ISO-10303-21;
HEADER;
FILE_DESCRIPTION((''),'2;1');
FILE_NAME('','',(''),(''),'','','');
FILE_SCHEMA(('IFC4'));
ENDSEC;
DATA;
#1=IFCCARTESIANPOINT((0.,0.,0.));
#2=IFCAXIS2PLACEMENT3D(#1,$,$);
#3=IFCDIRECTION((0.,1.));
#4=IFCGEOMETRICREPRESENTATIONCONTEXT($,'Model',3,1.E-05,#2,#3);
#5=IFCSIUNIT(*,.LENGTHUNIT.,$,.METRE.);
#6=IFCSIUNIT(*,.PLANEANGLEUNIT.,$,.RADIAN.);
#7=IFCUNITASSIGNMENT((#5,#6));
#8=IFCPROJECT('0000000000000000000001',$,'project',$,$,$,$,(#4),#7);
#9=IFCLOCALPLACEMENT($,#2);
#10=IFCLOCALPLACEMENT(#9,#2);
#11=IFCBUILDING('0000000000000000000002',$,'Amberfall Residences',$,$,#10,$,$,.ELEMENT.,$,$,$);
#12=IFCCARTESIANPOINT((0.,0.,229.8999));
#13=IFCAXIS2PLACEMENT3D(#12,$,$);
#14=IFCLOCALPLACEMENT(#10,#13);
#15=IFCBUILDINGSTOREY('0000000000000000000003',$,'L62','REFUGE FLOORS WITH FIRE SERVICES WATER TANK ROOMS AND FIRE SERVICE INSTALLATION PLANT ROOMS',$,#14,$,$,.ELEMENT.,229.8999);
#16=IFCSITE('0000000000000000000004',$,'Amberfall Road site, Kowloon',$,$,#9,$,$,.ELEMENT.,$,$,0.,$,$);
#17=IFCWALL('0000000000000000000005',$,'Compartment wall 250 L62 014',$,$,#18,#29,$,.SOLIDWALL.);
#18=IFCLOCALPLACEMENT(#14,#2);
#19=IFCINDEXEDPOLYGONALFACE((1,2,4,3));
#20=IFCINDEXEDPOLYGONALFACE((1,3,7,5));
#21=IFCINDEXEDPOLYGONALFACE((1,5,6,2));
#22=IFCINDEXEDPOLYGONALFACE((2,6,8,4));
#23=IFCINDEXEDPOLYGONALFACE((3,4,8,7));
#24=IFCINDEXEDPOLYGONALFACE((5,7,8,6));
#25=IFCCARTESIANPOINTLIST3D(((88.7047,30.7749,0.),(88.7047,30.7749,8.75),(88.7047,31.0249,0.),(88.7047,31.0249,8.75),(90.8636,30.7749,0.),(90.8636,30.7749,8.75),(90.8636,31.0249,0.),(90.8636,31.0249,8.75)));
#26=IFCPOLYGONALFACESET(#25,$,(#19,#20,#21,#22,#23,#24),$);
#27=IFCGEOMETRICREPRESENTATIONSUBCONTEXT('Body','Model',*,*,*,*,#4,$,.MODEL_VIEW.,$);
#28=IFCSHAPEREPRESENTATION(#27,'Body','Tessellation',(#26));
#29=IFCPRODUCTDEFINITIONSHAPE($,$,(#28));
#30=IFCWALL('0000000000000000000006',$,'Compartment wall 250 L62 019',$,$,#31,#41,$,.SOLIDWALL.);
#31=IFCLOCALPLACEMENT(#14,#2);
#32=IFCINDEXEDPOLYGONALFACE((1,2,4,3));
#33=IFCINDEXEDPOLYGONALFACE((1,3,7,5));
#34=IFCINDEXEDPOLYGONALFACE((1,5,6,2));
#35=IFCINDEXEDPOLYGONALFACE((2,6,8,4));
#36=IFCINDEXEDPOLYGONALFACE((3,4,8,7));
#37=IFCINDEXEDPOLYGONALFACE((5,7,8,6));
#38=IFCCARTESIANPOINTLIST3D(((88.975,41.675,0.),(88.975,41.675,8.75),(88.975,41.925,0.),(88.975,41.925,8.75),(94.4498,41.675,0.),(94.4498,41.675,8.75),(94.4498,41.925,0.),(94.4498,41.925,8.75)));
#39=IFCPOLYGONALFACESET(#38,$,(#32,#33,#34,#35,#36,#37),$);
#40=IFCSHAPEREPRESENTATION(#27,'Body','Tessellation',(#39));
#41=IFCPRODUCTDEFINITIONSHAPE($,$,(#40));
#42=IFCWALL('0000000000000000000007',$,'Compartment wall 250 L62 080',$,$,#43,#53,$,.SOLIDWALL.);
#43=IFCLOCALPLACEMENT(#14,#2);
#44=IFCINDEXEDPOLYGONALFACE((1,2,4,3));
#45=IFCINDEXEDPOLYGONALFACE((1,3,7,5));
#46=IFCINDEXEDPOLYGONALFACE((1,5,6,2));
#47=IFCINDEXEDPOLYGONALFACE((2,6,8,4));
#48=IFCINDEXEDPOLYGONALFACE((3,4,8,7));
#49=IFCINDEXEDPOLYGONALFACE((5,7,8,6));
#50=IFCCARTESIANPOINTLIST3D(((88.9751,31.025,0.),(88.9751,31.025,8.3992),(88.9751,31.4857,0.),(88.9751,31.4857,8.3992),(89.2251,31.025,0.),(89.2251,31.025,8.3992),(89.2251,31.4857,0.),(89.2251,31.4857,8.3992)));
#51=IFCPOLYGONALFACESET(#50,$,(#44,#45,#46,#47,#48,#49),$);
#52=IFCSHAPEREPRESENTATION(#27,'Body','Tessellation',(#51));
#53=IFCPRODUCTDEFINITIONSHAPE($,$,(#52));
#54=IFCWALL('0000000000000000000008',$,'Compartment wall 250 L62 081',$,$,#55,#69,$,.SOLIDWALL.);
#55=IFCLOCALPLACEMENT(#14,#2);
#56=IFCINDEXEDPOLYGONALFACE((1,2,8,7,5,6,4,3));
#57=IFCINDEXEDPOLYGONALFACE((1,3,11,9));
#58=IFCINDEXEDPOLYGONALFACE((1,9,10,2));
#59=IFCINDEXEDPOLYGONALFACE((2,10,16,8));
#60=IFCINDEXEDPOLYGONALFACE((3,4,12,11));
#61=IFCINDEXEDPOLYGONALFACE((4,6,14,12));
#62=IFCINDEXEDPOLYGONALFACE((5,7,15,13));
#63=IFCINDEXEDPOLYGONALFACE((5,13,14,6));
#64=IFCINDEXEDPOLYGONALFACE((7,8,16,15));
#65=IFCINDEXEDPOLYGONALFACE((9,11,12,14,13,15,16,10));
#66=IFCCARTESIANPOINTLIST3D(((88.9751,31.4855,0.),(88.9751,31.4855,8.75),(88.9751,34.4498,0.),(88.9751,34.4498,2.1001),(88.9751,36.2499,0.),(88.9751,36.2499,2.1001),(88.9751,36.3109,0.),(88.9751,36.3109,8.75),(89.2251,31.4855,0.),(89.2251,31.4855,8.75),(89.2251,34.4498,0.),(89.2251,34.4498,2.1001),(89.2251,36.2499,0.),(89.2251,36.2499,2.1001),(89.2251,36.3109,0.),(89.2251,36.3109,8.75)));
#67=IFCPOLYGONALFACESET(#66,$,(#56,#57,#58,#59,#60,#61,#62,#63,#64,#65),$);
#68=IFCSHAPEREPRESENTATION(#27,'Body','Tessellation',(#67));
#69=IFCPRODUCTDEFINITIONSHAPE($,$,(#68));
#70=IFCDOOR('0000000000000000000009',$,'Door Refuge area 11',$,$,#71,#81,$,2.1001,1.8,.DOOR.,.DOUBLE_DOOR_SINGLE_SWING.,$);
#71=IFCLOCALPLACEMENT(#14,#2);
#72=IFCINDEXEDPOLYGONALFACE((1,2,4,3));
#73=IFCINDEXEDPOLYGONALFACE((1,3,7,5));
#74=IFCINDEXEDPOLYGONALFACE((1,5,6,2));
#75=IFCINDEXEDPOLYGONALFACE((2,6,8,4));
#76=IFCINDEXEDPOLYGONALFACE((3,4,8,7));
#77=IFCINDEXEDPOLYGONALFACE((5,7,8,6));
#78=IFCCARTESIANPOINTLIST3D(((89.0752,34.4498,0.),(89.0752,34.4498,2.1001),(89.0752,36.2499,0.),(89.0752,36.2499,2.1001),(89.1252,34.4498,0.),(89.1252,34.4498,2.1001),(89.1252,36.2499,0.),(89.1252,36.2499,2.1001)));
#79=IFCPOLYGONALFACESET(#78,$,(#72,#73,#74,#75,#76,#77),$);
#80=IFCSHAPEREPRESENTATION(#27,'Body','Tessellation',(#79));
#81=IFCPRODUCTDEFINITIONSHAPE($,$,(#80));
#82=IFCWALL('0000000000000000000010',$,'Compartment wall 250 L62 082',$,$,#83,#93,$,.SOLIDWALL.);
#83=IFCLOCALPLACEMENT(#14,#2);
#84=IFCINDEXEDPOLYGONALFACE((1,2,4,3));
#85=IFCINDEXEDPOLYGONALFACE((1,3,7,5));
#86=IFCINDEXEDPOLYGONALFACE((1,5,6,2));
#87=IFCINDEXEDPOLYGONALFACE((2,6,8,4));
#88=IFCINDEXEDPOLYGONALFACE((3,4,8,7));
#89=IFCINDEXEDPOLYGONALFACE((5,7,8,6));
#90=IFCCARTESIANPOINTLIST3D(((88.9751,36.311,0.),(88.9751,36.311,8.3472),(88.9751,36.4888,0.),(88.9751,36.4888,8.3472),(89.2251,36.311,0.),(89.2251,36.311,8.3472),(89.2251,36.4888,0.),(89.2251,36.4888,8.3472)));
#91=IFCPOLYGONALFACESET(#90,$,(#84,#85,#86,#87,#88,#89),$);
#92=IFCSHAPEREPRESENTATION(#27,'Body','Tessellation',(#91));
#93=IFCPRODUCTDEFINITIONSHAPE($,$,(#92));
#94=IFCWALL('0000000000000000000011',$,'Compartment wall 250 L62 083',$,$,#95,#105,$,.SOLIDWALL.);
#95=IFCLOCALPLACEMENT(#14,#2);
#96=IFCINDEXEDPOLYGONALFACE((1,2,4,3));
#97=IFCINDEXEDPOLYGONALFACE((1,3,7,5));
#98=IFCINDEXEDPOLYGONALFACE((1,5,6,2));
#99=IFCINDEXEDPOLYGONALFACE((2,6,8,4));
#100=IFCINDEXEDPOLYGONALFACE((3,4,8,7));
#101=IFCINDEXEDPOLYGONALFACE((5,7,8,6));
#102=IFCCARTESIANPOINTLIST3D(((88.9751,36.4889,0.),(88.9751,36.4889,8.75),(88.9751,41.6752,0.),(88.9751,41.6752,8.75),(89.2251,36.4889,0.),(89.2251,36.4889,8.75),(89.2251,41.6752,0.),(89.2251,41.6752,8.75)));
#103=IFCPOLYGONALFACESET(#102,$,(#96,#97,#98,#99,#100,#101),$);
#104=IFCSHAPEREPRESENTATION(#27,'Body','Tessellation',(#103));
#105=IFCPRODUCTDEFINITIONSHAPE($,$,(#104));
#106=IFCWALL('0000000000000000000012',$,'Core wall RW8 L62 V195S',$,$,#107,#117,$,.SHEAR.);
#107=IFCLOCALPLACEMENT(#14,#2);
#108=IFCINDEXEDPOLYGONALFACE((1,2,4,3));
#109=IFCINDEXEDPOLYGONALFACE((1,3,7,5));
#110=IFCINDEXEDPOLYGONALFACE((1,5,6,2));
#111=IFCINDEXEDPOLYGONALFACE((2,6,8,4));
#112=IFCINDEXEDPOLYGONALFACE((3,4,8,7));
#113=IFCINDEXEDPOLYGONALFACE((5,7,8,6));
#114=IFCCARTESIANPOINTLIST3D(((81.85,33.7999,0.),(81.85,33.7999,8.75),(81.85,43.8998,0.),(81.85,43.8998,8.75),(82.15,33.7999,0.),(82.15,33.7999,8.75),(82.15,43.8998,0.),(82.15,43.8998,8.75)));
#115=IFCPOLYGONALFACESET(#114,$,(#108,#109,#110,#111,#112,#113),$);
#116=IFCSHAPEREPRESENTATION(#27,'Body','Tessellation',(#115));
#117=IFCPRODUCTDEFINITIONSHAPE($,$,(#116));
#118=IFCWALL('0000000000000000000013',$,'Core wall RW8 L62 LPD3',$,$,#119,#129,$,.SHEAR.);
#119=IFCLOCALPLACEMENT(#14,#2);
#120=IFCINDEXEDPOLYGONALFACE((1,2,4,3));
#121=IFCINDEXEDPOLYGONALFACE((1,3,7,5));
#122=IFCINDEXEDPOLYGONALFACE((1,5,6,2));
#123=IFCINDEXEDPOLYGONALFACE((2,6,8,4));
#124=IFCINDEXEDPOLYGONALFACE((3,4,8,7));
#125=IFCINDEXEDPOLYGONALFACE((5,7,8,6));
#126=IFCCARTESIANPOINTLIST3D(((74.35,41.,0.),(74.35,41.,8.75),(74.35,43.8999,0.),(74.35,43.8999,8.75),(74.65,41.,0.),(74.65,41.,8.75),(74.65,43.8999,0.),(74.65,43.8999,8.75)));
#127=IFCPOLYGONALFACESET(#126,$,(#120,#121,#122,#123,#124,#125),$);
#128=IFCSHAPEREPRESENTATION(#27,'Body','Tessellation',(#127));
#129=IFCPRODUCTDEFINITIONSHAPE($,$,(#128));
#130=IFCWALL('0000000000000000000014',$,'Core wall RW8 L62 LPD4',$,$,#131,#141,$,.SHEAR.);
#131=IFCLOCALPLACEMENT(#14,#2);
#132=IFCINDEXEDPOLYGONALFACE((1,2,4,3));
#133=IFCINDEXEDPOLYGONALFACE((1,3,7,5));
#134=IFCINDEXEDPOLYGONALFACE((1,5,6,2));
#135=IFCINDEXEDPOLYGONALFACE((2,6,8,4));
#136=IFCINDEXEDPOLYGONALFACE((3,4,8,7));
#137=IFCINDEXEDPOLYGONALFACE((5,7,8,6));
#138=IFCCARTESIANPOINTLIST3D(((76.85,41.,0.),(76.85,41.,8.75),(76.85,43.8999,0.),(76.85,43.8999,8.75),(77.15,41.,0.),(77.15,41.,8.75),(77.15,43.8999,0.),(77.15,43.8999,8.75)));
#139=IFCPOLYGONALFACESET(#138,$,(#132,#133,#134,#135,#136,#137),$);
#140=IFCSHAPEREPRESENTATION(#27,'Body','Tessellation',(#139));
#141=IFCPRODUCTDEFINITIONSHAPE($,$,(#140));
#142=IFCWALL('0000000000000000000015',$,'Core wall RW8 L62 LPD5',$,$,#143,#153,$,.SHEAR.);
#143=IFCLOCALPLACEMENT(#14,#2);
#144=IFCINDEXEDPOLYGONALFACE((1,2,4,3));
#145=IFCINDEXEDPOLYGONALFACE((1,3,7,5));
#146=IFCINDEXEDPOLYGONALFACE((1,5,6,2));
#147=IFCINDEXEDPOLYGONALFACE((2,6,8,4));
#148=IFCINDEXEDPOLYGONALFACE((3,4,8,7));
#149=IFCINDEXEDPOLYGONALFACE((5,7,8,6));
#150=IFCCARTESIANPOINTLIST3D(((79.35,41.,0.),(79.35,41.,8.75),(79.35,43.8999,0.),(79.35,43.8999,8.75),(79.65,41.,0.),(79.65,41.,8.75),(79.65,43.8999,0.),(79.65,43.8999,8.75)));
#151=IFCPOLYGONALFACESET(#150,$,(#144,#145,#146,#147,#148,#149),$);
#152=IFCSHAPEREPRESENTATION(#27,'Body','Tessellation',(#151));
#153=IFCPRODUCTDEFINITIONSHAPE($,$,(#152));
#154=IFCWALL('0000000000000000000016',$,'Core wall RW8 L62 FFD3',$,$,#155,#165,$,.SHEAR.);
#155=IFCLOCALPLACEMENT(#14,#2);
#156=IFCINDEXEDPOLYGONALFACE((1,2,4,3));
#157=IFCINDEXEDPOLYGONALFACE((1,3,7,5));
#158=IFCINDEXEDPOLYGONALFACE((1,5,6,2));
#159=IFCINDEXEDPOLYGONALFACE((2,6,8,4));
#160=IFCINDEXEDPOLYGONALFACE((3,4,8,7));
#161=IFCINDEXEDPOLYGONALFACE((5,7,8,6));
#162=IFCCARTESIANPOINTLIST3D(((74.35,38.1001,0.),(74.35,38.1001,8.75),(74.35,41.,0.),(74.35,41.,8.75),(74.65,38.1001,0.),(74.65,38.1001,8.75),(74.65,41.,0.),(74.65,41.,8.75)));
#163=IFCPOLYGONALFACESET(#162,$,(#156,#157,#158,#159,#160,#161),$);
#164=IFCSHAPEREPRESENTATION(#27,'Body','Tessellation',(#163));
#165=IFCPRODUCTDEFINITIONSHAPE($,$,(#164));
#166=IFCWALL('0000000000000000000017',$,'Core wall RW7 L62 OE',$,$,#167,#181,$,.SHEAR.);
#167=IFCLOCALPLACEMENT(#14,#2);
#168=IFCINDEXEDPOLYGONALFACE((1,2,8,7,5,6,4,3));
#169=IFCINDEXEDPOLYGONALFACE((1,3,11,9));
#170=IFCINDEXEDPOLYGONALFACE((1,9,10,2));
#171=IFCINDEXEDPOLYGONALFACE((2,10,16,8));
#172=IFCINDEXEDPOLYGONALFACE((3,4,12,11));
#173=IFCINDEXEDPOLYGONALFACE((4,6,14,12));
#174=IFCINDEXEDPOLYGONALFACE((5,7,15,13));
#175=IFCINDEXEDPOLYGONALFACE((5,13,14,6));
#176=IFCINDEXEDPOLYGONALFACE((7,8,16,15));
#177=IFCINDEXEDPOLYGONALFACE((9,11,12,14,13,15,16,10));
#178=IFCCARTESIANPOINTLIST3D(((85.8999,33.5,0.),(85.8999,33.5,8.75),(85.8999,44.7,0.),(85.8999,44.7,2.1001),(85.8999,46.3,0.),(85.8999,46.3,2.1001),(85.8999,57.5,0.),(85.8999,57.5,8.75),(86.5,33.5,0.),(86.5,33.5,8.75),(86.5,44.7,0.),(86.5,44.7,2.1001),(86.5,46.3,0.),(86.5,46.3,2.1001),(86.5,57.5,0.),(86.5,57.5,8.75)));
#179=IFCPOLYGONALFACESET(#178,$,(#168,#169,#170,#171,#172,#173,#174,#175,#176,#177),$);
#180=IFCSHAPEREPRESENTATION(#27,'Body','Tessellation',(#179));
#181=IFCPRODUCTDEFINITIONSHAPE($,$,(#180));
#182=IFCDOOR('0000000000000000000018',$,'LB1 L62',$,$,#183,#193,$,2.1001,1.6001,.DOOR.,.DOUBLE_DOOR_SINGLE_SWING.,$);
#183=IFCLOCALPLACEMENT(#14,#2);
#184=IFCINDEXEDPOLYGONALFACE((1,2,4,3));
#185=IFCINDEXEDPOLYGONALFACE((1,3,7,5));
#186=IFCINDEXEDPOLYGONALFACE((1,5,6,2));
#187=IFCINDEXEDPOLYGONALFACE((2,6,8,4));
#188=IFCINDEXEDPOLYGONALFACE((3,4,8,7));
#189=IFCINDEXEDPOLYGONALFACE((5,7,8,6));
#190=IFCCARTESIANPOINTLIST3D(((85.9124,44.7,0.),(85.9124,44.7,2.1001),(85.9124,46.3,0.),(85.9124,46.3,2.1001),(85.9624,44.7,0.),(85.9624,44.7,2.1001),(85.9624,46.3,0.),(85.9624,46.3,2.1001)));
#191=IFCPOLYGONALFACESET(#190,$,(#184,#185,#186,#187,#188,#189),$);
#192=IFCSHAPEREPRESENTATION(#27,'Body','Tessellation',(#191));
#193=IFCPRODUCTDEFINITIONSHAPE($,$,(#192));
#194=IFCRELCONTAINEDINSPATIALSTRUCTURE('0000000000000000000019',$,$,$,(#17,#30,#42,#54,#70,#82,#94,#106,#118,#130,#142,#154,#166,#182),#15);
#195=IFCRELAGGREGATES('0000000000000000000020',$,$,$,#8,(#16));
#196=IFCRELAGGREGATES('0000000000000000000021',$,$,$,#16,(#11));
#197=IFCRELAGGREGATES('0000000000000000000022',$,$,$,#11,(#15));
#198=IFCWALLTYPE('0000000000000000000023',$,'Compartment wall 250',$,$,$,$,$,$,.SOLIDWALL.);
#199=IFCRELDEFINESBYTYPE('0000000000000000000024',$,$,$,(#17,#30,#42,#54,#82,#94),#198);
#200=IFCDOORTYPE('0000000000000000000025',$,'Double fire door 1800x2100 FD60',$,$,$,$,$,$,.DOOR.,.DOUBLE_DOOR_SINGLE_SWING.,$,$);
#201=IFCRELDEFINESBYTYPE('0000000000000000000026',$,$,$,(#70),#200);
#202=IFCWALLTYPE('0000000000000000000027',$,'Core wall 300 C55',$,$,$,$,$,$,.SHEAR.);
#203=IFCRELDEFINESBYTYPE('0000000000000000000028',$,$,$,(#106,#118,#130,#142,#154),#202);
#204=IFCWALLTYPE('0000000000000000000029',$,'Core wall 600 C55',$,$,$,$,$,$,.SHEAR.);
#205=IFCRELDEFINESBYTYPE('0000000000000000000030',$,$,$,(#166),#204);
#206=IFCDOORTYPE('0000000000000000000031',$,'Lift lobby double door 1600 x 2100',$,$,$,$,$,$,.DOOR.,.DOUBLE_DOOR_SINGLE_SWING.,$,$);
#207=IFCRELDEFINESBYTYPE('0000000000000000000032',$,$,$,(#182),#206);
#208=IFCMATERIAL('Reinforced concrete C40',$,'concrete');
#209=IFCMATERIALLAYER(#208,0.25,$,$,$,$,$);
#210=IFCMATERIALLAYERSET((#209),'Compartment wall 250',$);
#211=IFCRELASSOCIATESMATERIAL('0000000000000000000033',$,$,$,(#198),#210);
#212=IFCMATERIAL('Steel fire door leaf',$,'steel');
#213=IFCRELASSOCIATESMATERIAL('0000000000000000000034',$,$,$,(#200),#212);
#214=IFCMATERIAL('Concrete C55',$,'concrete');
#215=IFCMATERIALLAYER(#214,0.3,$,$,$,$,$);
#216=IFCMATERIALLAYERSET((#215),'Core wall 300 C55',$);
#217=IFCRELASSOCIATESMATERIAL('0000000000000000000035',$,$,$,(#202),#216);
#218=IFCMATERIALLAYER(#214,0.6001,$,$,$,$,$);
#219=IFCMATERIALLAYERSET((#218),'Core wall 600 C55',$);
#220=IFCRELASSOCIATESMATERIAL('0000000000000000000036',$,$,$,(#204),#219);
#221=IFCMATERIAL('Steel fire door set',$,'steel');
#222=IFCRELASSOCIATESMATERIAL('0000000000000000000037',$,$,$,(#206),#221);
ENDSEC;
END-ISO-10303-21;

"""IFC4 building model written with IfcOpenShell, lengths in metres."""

from ifc_helpers import new_model, si_unit, direction, frame, frame_2d, origin, place, context, subcontext, project, spatial, rectangle, extrude, material, layer, layer_set, type_object, element, fill, save


model = new_model("IFC4")

# Units and contexts
model_context = context("Model", 3, precision=1e-05, world=origin(), true_north=direction((0.0, 1.0)))
body_context = subcontext(model_context, "Body", "Model", "MODEL_VIEW")
ifc_project = project(units=[si_unit("LENGTHUNIT", "METRE"), si_unit("PLANEANGLEUNIT", "RADIAN")], contexts=[model_context])

# Site, building, storey
site_placement = place(None, origin())
site = spatial("IfcSite", under=ifc_project, at=site_placement, Name="Amberfall Road site, Kowloon", CompositionType="ELEMENT", RefElevation=0.0)
building_placement = place(site_placement, origin())
building = spatial("IfcBuilding", under=site, at=building_placement, Name="Amberfall Residences", CompositionType="ELEMENT")
storey_placement = place(building_placement, frame((0.0, 0.0, 229.8999)))
storey = spatial("IfcBuildingStorey", under=building, at=storey_placement, Name="L62", Description="REFUGE FLOORS WITH FIRE SERVICES WATER TANK ROOMS AND FIRE SERVICE INSTALLATION PLANT ROOMS", CompositionType="ELEMENT", Elevation=229.8999)

# Walls
ifc_material_1 = material(Name="Reinforced concrete C40", Category="concrete")
ifc_layer_1 = layer(ifc_material_1, 0.25)
ifc_layer_set_1 = layer_set([ifc_layer_1], Name="Compartment wall 250")
wall_type_1 = type_object("IfcWallType", Name="Compartment wall 250", PredefinedType="SOLIDWALL", material=ifc_layer_set_1)
wall_1_placement = place(storey_placement, frame((88.7046, 30.8999, 0.0), z_axis=(0.0, 0.0, 1.0), x_axis=(1.0, 0.0, 0.0)))
element("IfcWall", 1, at=wall_1_placement, inside=storey, type_object=wall_type_1, Name="Compartment wall 250 L62 014", PredefinedType="SOLIDWALL", context=body_context, shape_type="SweptSolid", body=[
    extrude(rectangle(XDim=2.1589, YDim=0.25, at=frame_2d((1.0796, 0.0))), origin(), (0.0, 0.0, 1.0), 8.75),
])
wall_2_placement = place(storey_placement, frame((88.9751, 41.8, 0.0), z_axis=(0.0, 0.0, 1.0), x_axis=(1.0, 0.0, 0.0)))
element("IfcWall", 2, at=wall_2_placement, inside=storey, type_object=wall_type_1, Name="Compartment wall 250 L62 019", PredefinedType="SOLIDWALL", context=body_context, shape_type="SweptSolid", body=[
    extrude(rectangle(XDim=5.4749, YDim=0.25, at=frame_2d((2.7373, 0.0))), origin(), (0.0, 0.0, 1.0), 8.75),
])
wall_3_placement = place(storey_placement, frame((89.1001, 31.0249, 0.0), z_axis=(0.0, 0.0, 1.0), x_axis=(0.0, 1.0, 0.0)))
element("IfcWall", 3, at=wall_3_placement, inside=storey, type_object=wall_type_1, Name="Compartment wall 250 L62 080", PredefinedType="SOLIDWALL", context=body_context, shape_type="SweptSolid", body=[
    extrude(rectangle(XDim=0.4607, YDim=0.25, at=frame_2d((0.2305, 0.0))), origin(), (0.0, 0.0, 1.0), 8.3992),
])

# Wall, opening, door
wall_4_placement = place(storey_placement, frame((89.1001, 31.4856, 0.0), z_axis=(0.0, 0.0, 1.0), x_axis=(0.0, 1.0, 0.0)))
wall_4 = element("IfcWall", 4, at=wall_4_placement, inside=storey, type_object=wall_type_1, Name="Compartment wall 250 L62 081", PredefinedType="SOLIDWALL", context=body_context, shape_type="SweptSolid", body=[
    extrude(rectangle(XDim=4.8254, YDim=0.25, at=frame_2d((2.4126, 0.0))), origin(), (0.0, 0.0, 1.0), 8.75),
])
opening_1_placement = place(wall_4_placement, frame((2.9644, 0.0, 0.0)))
opening_1 = element("IfcOpeningElement", 5, at=opening_1_placement, cuts=wall_4, PredefinedType="OPENING", context=body_context, shape_type="SweptSolid", body=[
    extrude(rectangle(XDim=1.8, YDim=2.1001, at=frame_2d((0.8999, 1.05))), frame((0.0, 0.135, 0.0), z_axis=(0.0, -1.0, 0.0), x_axis=(1.0, 0.0, 0.0)), (0.0, 0.0, 1.0), 0.27),
])
ifc_material_2 = material(Name="Steel fire door leaf", Category="steel")
door_type_1 = type_object("IfcDoorType", Name="Double fire door 1800x2100 FD60", OperationType="DOUBLE_DOOR_SINGLE_SWING", PredefinedType="DOOR", material=ifc_material_2)
door_1_placement = place(opening_1_placement, origin())
door_1 = element("IfcDoor", 6, at=door_1_placement, inside=storey, type_object=door_type_1, Name="Door Refuge area 11", OperationType="DOUBLE_DOOR_SINGLE_SWING", OverallHeight=2.1001, OverallWidth=1.8, PredefinedType="DOOR", context=body_context, shape_type="SweptSolid", body=[
    extrude(rectangle(XDim=1.8, YDim=2.1001, at=frame_2d((0.8999, 1.05))), frame((0.0, 0.0249, 0.0), z_axis=(0.0, -1.0, 0.0), x_axis=(1.0, 0.0, 0.0)), (0.0, 0.0, 1.0), 0.05),
])
fill(opening_1, door_1)

# Walls
wall_5_placement = place(storey_placement, frame((89.1001, 36.311, 0.0), z_axis=(0.0, 0.0, 1.0), x_axis=(0.0, 1.0, 0.0)))
element("IfcWall", 7, at=wall_5_placement, inside=storey, type_object=wall_type_1, Name="Compartment wall 250 L62 082", PredefinedType="SOLIDWALL", context=body_context, shape_type="SweptSolid", body=[
    extrude(rectangle(XDim=0.1777, YDim=0.25, at=frame_2d((0.0889, 0.0))), origin(), (0.0, 0.0, 1.0), 8.3472),
])
wall_6_placement = place(storey_placement, frame((89.1001, 36.4888, 0.0), z_axis=(0.0, 0.0, 1.0), x_axis=(0.0, 1.0, 0.0)))
element("IfcWall", 8, at=wall_6_placement, inside=storey, type_object=wall_type_1, Name="Compartment wall 250 L62 083", PredefinedType="SOLIDWALL", context=body_context, shape_type="SweptSolid", body=[
    extrude(rectangle(XDim=5.1863, YDim=0.25, at=frame_2d((2.5933, 0.0))), origin(), (0.0, 0.0, 1.0), 8.75),
])
ifc_material_3 = material(Name="Concrete C55", Category="concrete")
ifc_layer_2 = layer(ifc_material_3, 0.3)
ifc_layer_set_2 = layer_set([ifc_layer_2], Name="Core wall 300 C55")
wall_type_2 = type_object("IfcWallType", Name="Core wall 300 C55", PredefinedType="SHEAR", material=ifc_layer_set_2)
wall_7_placement = place(storey_placement, frame((82.0, 33.8, 0.0), z_axis=(0.0, 0.0, 1.0), x_axis=(0.0, 1.0, 0.0)))
element("IfcWall", 9, at=wall_7_placement, inside=storey, type_object=wall_type_2, Name="Core wall RW8 L62 V195S", PredefinedType="SHEAR", context=body_context, shape_type="SweptSolid", body=[
    extrude(rectangle(XDim=10.0999, YDim=0.3, at=frame_2d((5.0498, 0.0))), origin(), (0.0, 0.0, 1.0), 8.75),
])
for number, where, z_axis, x_axis, name in (
    (10, (74.5, 41.0, 0.0), (0.0, 0.0, 1.0), (0.0, 1.0, 0.0), "Core wall RW8 L62 LPD3"),
    (11, (77.0, 41.0, 0.0), (0.0, 0.0, 1.0), (0.0, 1.0, 0.0), "Core wall RW8 L62 LPD4"),
    (12, (79.5, 41.0, 0.0), (0.0, 0.0, 1.0), (0.0, 1.0, 0.0), "Core wall RW8 L62 LPD5"),
    (13, (74.5, 38.1001, 0.0), (0.0, 0.0, 1.0), (0.0, 1.0, 0.0), "Core wall RW8 L62 FFD3"),
):
    element("IfcWall", number, at=place(storey_placement, frame(where, z_axis=z_axis, x_axis=x_axis)), inside=storey, type_object=wall_type_2, Name=name, PredefinedType="SHEAR", context=body_context, shape_type="SweptSolid", body=[
        extrude(rectangle(XDim=2.8999, YDim=0.3, at=frame_2d((1.45, 0.0))), origin(), (0.0, 0.0, 1.0), 8.75),
    ])

# Wall, opening, door
ifc_layer_3 = layer(ifc_material_3, 0.6001)
ifc_layer_set_3 = layer_set([ifc_layer_3], Name="Core wall 600 C55")
wall_type_3 = type_object("IfcWallType", Name="Core wall 600 C55", PredefinedType="SHEAR", material=ifc_layer_set_3)
wall_8_placement = place(storey_placement, frame((86.2, 33.5, 0.0), z_axis=(0.0, 0.0, 1.0), x_axis=(0.0, 1.0, 0.0)))
wall_8 = element("IfcWall", 14, at=wall_8_placement, inside=storey, type_object=wall_type_3, Name="Core wall RW7 L62 OE", PredefinedType="SHEAR", context=body_context, shape_type="SweptSolid", body=[
    extrude(rectangle(XDim=24.0, YDim=0.6001, at=frame_2d((12.0, 0.0))), origin(), (0.0, 0.0, 1.0), 8.75),
])
opening_2_placement = place(wall_8_placement, frame((11.2, 0.0, 0.0)))
opening_2 = element("IfcOpeningElement", 15, at=opening_2_placement, cuts=wall_8, PredefinedType="OPENING", context=body_context, shape_type="SweptSolid", body=[
    extrude(rectangle(XDim=1.6001, YDim=2.1001, at=frame_2d((0.8, 1.05))), frame((0.0, 0.3101, 0.0), z_axis=(0.0, -1.0, 0.0), x_axis=(1.0, 0.0, 0.0)), (0.0, 0.0, 1.0), 0.6201),
])
ifc_material_4 = material(Name="Steel fire door set", Category="steel")
door_type_2 = type_object("IfcDoorType", Name="Lift lobby double door 1600 x 2100", OperationType="DOUBLE_DOOR_SINGLE_SWING", PredefinedType="DOOR", material=ifc_material_4)
door_2_placement = place(opening_2_placement, origin())
door_2 = element("IfcDoor", 16, at=door_2_placement, inside=storey, type_object=door_type_2, Name="LB1 L62", OperationType="DOUBLE_DOOR_SINGLE_SWING", OverallHeight=2.1001, OverallWidth=1.6001, PredefinedType="DOOR", context=body_context, shape_type="SweptSolid", body=[
    extrude(rectangle(XDim=1.6001, YDim=2.1001, at=frame_2d((0.8, 1.05))), frame((0.0, 0.2876, 0.0), z_axis=(0.0, -1.0, 0.0), x_axis=(1.0, 0.0, 0.0)), (0.0, 0.0, 1.0), 0.05),
])
fill(opening_2, door_2)

save(model, "model.ifc")
